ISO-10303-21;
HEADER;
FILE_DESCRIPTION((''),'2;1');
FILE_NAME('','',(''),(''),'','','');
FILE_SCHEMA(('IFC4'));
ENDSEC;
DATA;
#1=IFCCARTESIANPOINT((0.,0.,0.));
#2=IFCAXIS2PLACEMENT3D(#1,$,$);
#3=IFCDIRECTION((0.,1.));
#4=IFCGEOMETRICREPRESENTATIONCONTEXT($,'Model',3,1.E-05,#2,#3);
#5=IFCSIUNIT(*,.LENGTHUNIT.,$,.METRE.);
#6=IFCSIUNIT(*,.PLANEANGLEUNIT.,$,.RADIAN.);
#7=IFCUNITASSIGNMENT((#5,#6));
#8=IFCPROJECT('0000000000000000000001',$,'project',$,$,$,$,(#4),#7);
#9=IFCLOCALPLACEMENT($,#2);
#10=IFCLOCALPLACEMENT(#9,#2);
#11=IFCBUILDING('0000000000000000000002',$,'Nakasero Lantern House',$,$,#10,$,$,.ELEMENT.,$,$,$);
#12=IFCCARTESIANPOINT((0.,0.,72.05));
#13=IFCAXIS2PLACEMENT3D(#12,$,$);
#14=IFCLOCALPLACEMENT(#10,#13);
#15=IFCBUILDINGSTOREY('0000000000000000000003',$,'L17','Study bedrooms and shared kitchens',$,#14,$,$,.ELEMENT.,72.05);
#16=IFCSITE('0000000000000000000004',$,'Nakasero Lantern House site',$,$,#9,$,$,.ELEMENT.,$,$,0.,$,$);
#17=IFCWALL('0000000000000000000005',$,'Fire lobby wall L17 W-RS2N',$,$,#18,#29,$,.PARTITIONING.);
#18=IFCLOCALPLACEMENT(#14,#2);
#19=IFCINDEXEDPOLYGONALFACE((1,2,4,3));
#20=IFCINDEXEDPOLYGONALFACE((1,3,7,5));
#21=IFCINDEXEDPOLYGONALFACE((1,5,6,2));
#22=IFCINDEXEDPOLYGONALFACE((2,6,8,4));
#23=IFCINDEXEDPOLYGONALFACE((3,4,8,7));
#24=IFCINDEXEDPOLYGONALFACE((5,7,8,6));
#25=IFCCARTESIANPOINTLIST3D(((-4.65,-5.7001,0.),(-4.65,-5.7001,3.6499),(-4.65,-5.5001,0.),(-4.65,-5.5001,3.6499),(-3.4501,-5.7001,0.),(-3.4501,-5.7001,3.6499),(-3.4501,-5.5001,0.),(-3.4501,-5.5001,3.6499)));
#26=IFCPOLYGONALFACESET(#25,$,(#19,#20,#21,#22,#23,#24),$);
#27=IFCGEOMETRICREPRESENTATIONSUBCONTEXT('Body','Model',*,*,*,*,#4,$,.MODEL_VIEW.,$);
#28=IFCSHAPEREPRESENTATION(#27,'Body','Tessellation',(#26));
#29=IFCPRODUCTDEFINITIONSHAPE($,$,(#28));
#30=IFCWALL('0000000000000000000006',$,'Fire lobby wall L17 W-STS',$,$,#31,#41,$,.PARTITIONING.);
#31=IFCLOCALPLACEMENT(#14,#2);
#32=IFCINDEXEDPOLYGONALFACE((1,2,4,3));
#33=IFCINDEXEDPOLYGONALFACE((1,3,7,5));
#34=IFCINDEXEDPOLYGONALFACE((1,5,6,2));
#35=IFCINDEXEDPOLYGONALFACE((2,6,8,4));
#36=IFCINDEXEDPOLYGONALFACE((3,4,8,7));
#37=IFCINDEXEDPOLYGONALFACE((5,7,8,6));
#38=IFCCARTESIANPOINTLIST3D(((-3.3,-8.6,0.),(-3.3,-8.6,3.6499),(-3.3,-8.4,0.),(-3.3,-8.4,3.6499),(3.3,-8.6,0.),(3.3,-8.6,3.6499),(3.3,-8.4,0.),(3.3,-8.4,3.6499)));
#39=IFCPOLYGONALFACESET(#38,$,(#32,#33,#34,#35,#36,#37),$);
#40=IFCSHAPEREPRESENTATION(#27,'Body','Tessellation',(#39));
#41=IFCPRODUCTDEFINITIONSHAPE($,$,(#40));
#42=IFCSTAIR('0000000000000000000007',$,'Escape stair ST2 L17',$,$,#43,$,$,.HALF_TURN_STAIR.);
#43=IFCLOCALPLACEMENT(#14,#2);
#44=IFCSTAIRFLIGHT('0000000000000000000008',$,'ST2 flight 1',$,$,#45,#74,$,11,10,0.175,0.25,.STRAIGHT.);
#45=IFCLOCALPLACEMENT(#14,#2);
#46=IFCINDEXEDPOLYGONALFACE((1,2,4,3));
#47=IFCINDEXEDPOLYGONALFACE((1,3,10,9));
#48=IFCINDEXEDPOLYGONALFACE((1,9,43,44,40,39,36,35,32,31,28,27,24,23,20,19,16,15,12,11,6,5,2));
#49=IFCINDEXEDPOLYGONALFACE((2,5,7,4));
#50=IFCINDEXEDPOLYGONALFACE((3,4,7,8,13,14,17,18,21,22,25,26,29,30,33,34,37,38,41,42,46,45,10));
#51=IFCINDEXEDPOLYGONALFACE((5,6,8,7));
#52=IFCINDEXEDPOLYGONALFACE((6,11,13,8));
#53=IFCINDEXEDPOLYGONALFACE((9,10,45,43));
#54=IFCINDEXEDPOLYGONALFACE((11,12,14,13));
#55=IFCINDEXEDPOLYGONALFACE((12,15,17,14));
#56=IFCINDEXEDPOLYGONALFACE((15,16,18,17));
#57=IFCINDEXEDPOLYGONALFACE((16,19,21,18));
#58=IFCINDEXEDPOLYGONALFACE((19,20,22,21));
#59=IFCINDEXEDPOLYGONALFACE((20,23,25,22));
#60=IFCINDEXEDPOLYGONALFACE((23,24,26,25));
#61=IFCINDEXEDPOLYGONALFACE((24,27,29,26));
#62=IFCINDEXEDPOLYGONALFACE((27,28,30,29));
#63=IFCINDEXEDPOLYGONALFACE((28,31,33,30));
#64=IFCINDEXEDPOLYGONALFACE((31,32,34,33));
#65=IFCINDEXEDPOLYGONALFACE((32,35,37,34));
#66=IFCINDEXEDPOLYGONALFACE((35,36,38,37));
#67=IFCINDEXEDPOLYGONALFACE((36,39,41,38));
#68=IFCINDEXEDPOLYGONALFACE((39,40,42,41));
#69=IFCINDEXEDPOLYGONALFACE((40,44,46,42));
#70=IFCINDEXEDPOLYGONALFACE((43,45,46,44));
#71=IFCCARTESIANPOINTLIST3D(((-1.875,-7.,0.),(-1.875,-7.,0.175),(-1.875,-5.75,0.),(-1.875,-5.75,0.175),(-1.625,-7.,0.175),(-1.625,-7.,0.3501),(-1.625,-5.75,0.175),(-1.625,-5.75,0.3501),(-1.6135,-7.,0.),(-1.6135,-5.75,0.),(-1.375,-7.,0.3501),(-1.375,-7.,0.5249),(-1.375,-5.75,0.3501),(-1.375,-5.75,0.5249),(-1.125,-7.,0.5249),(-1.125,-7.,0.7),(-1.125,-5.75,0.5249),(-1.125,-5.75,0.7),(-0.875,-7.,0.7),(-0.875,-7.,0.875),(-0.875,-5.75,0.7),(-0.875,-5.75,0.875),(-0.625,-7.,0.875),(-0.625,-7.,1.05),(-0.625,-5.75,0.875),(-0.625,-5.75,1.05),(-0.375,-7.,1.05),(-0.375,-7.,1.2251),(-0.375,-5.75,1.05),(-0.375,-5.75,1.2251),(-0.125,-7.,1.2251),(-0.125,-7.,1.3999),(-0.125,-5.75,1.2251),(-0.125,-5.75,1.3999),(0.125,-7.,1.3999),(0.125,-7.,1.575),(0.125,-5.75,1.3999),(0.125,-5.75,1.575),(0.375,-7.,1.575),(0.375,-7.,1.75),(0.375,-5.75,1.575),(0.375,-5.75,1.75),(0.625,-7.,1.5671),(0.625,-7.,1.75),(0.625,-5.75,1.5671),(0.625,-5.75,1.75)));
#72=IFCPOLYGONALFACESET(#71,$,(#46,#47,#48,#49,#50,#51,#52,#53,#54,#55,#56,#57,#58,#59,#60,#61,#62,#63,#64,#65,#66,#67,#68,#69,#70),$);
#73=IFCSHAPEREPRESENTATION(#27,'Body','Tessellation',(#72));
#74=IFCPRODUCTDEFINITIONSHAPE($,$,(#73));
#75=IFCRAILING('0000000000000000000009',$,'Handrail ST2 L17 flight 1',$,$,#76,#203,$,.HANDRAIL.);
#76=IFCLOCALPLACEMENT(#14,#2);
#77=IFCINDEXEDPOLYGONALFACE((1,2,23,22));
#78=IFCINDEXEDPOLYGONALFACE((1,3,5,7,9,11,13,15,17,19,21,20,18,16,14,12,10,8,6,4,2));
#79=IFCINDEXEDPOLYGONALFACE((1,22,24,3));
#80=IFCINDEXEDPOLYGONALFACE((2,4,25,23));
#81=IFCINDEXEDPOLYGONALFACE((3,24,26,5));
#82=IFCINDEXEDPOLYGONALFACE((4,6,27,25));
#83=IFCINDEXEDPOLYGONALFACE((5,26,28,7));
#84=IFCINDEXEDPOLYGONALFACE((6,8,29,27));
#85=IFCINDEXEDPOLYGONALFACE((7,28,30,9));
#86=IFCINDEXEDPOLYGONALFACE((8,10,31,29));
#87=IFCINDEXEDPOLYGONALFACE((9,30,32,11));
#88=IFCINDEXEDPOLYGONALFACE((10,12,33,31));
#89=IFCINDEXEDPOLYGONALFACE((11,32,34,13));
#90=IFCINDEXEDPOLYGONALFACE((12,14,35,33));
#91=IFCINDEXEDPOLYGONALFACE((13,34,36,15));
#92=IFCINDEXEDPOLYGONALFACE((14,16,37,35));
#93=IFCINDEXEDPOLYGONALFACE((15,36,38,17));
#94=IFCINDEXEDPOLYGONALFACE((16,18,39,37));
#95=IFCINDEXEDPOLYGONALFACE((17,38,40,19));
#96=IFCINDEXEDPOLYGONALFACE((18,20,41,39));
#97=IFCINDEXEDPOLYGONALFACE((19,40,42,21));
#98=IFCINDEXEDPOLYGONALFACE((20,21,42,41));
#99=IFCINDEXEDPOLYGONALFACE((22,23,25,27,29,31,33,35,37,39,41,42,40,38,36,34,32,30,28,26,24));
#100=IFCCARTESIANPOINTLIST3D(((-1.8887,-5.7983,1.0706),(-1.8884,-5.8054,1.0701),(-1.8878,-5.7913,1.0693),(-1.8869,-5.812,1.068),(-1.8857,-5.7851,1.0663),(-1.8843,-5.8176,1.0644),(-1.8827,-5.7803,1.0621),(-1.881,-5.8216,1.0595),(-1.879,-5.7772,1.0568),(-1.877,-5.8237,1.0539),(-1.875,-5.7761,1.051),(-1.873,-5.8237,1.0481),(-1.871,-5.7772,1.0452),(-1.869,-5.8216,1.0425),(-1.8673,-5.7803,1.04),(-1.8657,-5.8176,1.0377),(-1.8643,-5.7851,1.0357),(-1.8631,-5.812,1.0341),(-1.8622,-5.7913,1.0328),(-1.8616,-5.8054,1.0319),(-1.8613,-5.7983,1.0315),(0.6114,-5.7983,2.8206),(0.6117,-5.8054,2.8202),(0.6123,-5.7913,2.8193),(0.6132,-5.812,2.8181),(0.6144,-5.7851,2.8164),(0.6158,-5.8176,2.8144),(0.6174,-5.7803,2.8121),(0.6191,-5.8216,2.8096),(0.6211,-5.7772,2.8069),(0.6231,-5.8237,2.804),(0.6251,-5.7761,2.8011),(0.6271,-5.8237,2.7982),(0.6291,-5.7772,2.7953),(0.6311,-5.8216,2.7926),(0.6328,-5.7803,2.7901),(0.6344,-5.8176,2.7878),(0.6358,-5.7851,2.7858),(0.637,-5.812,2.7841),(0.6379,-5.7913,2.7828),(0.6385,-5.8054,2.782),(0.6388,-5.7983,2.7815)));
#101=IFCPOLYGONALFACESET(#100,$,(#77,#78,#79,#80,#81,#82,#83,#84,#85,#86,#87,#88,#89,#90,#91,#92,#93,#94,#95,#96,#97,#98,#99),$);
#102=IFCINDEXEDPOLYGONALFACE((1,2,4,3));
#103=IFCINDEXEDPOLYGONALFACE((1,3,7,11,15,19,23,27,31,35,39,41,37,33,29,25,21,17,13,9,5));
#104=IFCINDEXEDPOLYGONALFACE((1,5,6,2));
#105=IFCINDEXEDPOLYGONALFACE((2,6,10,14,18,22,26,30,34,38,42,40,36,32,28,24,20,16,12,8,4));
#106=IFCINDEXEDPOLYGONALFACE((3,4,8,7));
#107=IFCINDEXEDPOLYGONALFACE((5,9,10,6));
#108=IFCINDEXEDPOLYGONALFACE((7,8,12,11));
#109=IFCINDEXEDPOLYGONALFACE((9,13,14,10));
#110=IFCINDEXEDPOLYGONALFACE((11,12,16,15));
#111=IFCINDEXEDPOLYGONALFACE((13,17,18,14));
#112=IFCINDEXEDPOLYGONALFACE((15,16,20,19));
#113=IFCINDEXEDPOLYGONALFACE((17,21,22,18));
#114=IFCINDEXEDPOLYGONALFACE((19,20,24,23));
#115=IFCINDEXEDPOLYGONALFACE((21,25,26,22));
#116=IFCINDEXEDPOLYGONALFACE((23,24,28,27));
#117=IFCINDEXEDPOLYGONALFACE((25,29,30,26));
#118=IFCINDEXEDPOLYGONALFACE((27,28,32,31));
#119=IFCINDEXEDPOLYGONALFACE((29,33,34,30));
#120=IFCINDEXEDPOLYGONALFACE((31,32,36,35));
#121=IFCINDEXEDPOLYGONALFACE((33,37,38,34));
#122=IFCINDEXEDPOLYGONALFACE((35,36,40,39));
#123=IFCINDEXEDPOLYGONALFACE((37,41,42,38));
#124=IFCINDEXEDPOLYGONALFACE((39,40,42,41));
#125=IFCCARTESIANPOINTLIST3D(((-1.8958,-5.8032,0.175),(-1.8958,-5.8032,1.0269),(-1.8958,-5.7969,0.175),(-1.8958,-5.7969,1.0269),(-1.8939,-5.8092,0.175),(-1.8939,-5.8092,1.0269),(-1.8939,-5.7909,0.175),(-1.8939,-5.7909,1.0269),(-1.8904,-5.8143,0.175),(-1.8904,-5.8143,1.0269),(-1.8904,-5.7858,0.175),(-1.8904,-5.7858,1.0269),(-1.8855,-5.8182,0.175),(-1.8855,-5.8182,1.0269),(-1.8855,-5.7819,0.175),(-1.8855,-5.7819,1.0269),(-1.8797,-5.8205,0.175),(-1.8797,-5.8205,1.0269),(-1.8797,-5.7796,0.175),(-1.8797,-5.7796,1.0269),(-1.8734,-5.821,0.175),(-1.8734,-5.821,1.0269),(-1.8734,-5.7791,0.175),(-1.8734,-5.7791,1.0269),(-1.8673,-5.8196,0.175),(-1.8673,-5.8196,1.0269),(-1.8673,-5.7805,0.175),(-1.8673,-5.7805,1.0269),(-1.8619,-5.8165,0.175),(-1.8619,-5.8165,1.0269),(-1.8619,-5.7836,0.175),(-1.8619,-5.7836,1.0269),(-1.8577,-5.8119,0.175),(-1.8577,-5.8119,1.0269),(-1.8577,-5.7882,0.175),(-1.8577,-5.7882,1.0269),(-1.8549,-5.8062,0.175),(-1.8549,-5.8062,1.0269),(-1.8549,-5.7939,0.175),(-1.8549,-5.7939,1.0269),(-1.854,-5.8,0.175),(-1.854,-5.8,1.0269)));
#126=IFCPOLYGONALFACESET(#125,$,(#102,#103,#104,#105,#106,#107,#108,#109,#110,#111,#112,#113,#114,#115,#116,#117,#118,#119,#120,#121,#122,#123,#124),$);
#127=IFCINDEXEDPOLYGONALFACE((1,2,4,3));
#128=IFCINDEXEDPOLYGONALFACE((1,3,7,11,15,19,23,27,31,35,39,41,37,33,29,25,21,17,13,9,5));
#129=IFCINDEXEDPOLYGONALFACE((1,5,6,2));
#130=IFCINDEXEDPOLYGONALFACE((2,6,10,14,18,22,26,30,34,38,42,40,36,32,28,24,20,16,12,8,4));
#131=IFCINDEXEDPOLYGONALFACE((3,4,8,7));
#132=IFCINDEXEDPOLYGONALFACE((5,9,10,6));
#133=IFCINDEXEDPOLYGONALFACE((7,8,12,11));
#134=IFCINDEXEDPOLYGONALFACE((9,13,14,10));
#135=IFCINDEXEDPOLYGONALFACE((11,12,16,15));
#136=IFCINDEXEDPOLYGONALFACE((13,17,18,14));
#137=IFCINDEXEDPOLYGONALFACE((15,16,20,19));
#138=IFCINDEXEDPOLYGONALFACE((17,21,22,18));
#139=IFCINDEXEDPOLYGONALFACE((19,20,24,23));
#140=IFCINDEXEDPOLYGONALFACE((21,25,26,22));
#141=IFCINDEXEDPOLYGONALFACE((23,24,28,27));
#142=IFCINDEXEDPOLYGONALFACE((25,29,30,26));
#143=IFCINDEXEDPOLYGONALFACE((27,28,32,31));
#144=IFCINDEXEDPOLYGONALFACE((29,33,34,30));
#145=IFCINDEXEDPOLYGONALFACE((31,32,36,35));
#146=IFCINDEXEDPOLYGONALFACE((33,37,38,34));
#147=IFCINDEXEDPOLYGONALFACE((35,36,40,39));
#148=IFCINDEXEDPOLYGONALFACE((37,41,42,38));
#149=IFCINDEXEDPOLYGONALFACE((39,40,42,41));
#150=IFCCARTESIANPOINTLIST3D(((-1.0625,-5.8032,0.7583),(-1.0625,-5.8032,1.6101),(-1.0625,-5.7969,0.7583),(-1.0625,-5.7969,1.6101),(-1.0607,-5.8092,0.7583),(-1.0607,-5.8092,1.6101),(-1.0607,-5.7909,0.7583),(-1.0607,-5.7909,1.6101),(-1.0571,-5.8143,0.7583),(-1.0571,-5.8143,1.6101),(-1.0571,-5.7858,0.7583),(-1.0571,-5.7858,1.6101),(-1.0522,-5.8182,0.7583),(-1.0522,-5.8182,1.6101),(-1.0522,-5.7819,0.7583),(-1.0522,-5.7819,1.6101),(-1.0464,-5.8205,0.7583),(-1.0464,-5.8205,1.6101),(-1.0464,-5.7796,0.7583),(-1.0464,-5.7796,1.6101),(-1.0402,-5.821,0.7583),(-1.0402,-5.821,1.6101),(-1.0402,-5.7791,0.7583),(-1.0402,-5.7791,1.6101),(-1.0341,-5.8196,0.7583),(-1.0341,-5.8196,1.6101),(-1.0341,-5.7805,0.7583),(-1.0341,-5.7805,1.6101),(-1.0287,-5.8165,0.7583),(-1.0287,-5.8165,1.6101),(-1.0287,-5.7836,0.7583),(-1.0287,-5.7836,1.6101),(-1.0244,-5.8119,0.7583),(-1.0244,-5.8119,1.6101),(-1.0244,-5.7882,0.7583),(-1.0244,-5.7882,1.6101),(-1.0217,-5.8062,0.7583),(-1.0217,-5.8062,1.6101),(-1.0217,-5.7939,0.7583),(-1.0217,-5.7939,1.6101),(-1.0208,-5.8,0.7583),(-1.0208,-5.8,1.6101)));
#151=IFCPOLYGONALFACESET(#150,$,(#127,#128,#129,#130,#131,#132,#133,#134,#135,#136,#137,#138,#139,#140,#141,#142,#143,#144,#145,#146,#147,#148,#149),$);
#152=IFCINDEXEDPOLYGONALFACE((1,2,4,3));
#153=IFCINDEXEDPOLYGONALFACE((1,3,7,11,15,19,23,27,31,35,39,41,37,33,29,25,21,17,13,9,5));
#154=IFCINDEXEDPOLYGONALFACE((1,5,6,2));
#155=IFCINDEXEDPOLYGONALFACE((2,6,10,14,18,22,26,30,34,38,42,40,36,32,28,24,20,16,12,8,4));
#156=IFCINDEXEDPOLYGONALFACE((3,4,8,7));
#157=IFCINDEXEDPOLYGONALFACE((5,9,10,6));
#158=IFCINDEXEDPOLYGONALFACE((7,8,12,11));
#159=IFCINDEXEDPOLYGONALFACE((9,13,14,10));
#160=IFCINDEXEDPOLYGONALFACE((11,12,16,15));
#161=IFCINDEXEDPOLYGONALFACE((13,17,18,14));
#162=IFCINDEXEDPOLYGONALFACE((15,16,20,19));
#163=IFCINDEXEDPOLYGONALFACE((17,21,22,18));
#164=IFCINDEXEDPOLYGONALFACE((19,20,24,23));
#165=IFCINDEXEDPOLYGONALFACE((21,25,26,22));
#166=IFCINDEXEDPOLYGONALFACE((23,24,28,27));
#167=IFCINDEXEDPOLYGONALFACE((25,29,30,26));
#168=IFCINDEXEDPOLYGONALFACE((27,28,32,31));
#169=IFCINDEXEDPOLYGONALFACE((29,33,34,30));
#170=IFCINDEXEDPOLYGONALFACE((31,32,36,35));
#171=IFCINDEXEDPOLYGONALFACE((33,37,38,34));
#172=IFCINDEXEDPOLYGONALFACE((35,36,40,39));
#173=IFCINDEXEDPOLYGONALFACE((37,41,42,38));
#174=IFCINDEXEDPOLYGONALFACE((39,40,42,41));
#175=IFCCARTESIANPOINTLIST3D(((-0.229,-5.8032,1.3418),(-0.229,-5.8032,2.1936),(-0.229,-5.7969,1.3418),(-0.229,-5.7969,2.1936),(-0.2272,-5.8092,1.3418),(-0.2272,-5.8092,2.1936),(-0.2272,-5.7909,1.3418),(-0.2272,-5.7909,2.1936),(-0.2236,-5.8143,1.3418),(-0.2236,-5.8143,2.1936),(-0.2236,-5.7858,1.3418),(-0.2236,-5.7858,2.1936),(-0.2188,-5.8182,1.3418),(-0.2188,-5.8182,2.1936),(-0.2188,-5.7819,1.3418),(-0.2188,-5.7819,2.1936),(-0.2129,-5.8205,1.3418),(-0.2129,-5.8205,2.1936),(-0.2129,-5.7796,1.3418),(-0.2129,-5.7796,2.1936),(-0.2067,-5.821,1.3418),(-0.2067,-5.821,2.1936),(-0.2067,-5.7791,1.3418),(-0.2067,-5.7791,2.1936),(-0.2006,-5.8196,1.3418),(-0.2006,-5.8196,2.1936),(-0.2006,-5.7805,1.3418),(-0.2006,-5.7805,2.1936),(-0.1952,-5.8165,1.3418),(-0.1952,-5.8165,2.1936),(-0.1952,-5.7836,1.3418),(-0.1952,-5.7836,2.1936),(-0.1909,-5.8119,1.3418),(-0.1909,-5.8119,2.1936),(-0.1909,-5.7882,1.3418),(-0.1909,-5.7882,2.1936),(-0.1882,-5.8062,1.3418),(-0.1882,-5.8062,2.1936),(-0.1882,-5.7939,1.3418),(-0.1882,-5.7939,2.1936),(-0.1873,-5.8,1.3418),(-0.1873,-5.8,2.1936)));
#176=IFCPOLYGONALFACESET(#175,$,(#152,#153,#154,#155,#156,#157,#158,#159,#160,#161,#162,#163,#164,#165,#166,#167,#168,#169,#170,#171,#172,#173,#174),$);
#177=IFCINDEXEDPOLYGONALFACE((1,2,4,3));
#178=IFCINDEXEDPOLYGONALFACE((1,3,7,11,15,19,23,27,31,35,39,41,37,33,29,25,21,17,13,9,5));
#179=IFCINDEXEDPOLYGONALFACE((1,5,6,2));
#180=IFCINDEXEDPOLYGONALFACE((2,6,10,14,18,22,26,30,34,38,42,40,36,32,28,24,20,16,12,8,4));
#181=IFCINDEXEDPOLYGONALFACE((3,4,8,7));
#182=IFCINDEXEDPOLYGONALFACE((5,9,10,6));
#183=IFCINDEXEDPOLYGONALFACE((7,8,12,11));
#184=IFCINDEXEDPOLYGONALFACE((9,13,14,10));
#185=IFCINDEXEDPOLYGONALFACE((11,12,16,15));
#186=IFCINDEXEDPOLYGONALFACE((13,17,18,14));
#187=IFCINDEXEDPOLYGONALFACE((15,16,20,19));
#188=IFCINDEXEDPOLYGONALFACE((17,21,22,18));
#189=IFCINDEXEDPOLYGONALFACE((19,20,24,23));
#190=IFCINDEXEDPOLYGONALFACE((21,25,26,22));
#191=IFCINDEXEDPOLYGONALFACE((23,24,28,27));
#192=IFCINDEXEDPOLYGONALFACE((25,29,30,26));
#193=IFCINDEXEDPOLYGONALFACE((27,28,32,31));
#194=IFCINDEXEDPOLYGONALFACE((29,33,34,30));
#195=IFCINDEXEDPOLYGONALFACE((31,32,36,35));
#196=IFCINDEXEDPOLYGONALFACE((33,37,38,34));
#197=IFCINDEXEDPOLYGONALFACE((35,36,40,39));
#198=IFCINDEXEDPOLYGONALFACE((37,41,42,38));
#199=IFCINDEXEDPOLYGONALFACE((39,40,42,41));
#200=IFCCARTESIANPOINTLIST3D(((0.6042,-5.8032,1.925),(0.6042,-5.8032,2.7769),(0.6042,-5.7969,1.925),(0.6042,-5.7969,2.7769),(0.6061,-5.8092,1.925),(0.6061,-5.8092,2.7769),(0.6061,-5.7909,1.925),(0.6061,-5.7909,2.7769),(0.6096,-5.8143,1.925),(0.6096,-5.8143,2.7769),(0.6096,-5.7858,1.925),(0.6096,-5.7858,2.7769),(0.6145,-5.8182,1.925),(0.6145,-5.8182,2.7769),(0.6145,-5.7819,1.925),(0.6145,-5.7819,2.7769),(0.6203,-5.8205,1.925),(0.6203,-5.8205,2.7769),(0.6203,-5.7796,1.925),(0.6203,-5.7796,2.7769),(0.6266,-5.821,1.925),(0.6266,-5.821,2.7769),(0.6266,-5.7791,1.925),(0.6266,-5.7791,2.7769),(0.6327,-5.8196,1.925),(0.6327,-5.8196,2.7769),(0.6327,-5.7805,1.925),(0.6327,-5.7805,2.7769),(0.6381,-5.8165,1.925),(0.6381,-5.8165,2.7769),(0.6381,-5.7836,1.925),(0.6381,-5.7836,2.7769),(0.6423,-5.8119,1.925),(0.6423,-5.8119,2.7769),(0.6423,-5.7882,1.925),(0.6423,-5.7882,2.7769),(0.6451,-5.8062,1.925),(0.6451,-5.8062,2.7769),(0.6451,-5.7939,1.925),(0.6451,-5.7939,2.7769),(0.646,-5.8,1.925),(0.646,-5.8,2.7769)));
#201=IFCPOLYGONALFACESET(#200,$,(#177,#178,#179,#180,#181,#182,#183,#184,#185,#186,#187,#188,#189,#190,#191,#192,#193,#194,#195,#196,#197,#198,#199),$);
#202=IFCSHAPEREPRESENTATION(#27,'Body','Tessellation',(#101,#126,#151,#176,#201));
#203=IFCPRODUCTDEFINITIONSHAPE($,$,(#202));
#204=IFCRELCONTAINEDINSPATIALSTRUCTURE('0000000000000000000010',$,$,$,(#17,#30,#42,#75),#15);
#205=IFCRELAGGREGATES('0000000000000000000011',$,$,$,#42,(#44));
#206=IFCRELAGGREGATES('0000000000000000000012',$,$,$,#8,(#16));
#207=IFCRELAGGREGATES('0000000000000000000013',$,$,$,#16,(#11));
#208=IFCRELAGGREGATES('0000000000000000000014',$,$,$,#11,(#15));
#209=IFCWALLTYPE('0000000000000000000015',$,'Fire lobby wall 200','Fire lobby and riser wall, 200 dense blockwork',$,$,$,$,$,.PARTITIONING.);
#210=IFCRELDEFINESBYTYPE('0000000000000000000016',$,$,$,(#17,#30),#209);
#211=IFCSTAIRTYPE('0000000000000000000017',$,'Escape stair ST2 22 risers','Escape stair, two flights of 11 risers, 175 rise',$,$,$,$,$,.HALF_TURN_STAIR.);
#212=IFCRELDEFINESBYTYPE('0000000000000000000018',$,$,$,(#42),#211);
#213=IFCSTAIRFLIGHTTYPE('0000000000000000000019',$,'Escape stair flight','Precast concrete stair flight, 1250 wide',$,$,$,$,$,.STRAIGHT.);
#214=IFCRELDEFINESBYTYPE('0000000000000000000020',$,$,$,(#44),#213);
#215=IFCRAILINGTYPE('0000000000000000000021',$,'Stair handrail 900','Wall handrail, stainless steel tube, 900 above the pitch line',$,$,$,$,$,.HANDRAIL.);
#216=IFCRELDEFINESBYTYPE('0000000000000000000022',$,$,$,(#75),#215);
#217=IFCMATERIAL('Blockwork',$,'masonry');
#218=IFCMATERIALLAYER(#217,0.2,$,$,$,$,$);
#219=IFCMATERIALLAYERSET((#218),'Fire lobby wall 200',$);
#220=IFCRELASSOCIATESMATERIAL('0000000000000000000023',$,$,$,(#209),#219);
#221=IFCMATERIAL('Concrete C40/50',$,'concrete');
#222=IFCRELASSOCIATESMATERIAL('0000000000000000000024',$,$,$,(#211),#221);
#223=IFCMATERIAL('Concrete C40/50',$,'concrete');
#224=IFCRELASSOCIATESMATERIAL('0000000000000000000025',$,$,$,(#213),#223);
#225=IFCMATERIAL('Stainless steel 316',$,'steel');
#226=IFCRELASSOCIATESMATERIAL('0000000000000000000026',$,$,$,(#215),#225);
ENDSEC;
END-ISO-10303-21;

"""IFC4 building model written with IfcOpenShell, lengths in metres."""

from ifc_helpers import new_model, si_unit, direction, frame, frame_2d, origin, origin_2d, place, context, subcontext, project, spatial, polyline, rectangle, circle, outline, extrude, material, layer, layer_set, type_object, element, aggregate, save


model = new_model("IFC4")

# Units and contexts
model_context = context("Model", 3, precision=1e-05, world=origin(), true_north=direction((0.0, 1.0)))
body_context = subcontext(model_context, "Body", "Model", "MODEL_VIEW")
ifc_project = project(units=[si_unit("LENGTHUNIT", "METRE"), si_unit("PLANEANGLEUNIT", "RADIAN")], contexts=[model_context])

# Site, building, storey
site_placement = place(None, origin())
site = spatial("IfcSite", under=ifc_project, at=site_placement, Name="Nakasero Lantern House site", CompositionType="ELEMENT", RefElevation=0.0)
building_placement = place(site_placement, origin())
building = spatial("IfcBuilding", under=site, at=building_placement, Name="Nakasero Lantern House", CompositionType="ELEMENT")
storey_placement = place(building_placement, frame((0.0, 0.0, 72.05)))
storey = spatial("IfcBuildingStorey", under=building, at=storey_placement, Name="L17", Description="Study bedrooms and shared kitchens", CompositionType="ELEMENT", Elevation=72.05)

# Shared definitions
ifc_material_1 = material(Name="Blockwork", Category="masonry")
ifc_layer_1 = layer(ifc_material_1, 0.2)
ifc_layer_set_1 = layer_set([ifc_layer_1], Name="Fire lobby wall 200")
wall_type_1 = type_object("IfcWallType", Name="Fire lobby wall 200", Description="Fire lobby and riser wall, 200 dense blockwork", PredefinedType="PARTITIONING", material=ifc_layer_set_1)

# Walls
for number, where, z_axis, x_axis, name in (
    (1, (-3.45, -5.6001, 0.0), (0.0, 0.0, 1.0), (-1.0, 0.0, 0.0), "Fire lobby wall L17 W-RS2N"),
):
    element("IfcWall", number, at=place(storey_placement, frame(where, z_axis=z_axis, x_axis=x_axis)), inside=storey, type_object=wall_type_1, Name=name, PredefinedType="PARTITIONING", context=body_context, shape_type="SweptSolid", body=[
        extrude(rectangle(XDim=1.2, YDim=0.2, at=frame_2d((0.6001, 0.0))), origin(), (0.0, 0.0, 1.0), 3.6499),
    ])
wall_1_placement = place(storey_placement, frame((-3.3, -8.5, 0.0), z_axis=(0.0, 0.0, 1.0), x_axis=(1.0, 0.0, 0.0)))
element("IfcWall", 2, at=wall_1_placement, inside=storey, type_object=wall_type_1, Name="Fire lobby wall L17 W-STS", PredefinedType="PARTITIONING", context=body_context, shape_type="SweptSolid", body=[
    extrude(rectangle(XDim=6.6001, YDim=0.2, at=frame_2d((3.3, 0.0))), origin(), (0.0, 0.0, 1.0), 3.6499),
])

# Stair, stair flight
ifc_material_2 = material(Name="Concrete C40/50", Category="concrete")
stair_type = type_object("IfcStairType", Name="Escape stair ST2 22 risers", Description="Escape stair, two flights of 11 risers, 175 rise", PredefinedType="HALF_TURN_STAIR", material=ifc_material_2)
stair_placement = place(storey_placement, origin())
stair = element("IfcStair", 3, at=stair_placement, inside=storey, type_object=stair_type, Name="Escape stair ST2 L17", PredefinedType="HALF_TURN_STAIR")
ifc_material_3 = material(Name="Concrete C40/50", Category="concrete")
stair_flight_type = type_object("IfcStairFlightType", Name="Escape stair flight", Description="Precast concrete stair flight, 1250 wide", PredefinedType="STRAIGHT", material=ifc_material_3)
stair_flight_placement = place(storey_placement, frame((-1.875, -6.375, 0.0), z_axis=(0.0, 0.0, 1.0), x_axis=(1.0, 0.0, 0.0)))
stair_flight = element("IfcStairFlight", 4, at=stair_flight_placement, type_object=stair_flight_type, Name="ST2 flight 1", NumberOfRisers=11, NumberOfTreads=10, PredefinedType="STRAIGHT", RiserHeight=0.175, TreadLength=0.25, context=body_context, shape_type="SweptSolid", body=[
    extrude(outline(polyline([(0.0, 0.0), (0.0, 0.175), (0.25, 0.175), (0.25, 0.3501), (0.5, 0.3501), (0.5, 0.5249), (0.75, 0.5249), (0.75, 0.7), (1.0, 0.7), (1.0, 0.875), (1.25, 0.875), (1.25, 1.05), (1.5, 1.05), (1.5, 1.2251), (1.75, 1.2251), (1.75, 1.3999), (2.0, 1.3999), (2.0, 1.575), (2.25, 1.575), (2.25, 1.75), (2.5, 1.75), (2.5, 1.925), (2.5, 1.5671), (0.2615, 0.0), (0.0, 0.0)])), frame((0.0, 0.625, 0.0), z_axis=(0.0, -1.0, 0.0), x_axis=(1.0, 0.0, 0.0)), (0.0, 0.0, 1.0), 1.25),
])
aggregate(stair, [stair_flight])

# Railing
ifc_material_4 = material(Name="Stainless steel 316", Category="steel")
railing_type = type_object("IfcRailingType", Name="Stair handrail 900", Description="Wall handrail, stainless steel tube, 900 above the pitch line", PredefinedType="HANDRAIL", material=ifc_material_4)
railing_placement = place(storey_placement, frame((-1.875, -5.8, 0.175)))
element("IfcRailing", 5, at=railing_placement, inside=storey, type_object=railing_type, Name="Handrail ST2 L17 flight 1", PredefinedType="HANDRAIL", context=body_context, shape_type="SweptSolid", body=[
    extrude(circle(Radius=0.0239, at=origin_2d()), frame((0.0, 0.0, 0.876), z_axis=(0.819232, 0.0, 0.573462), x_axis=(0.0, 1.0, 0.0)), (0.0, 0.0, 1.0), 3.0518),
    extrude(circle(Radius=0.021, at=origin_2d()), origin(), (0.0, 0.0, 1.0), 0.8518),
    extrude(circle(Radius=0.021, at=origin_2d()), frame((0.8333, 0.0, 0.5833)), (0.0, 0.0, 1.0), 0.8518),
    extrude(circle(Radius=0.021, at=origin_2d()), frame((1.6667, 0.0, 1.1667)), (0.0, 0.0, 1.0), 0.8518),
    extrude(circle(Radius=0.021, at=origin_2d()), frame((2.5, 0.0, 1.75)), (0.0, 0.0, 1.0), 0.8518),
])

save(model, "model.ifc")
